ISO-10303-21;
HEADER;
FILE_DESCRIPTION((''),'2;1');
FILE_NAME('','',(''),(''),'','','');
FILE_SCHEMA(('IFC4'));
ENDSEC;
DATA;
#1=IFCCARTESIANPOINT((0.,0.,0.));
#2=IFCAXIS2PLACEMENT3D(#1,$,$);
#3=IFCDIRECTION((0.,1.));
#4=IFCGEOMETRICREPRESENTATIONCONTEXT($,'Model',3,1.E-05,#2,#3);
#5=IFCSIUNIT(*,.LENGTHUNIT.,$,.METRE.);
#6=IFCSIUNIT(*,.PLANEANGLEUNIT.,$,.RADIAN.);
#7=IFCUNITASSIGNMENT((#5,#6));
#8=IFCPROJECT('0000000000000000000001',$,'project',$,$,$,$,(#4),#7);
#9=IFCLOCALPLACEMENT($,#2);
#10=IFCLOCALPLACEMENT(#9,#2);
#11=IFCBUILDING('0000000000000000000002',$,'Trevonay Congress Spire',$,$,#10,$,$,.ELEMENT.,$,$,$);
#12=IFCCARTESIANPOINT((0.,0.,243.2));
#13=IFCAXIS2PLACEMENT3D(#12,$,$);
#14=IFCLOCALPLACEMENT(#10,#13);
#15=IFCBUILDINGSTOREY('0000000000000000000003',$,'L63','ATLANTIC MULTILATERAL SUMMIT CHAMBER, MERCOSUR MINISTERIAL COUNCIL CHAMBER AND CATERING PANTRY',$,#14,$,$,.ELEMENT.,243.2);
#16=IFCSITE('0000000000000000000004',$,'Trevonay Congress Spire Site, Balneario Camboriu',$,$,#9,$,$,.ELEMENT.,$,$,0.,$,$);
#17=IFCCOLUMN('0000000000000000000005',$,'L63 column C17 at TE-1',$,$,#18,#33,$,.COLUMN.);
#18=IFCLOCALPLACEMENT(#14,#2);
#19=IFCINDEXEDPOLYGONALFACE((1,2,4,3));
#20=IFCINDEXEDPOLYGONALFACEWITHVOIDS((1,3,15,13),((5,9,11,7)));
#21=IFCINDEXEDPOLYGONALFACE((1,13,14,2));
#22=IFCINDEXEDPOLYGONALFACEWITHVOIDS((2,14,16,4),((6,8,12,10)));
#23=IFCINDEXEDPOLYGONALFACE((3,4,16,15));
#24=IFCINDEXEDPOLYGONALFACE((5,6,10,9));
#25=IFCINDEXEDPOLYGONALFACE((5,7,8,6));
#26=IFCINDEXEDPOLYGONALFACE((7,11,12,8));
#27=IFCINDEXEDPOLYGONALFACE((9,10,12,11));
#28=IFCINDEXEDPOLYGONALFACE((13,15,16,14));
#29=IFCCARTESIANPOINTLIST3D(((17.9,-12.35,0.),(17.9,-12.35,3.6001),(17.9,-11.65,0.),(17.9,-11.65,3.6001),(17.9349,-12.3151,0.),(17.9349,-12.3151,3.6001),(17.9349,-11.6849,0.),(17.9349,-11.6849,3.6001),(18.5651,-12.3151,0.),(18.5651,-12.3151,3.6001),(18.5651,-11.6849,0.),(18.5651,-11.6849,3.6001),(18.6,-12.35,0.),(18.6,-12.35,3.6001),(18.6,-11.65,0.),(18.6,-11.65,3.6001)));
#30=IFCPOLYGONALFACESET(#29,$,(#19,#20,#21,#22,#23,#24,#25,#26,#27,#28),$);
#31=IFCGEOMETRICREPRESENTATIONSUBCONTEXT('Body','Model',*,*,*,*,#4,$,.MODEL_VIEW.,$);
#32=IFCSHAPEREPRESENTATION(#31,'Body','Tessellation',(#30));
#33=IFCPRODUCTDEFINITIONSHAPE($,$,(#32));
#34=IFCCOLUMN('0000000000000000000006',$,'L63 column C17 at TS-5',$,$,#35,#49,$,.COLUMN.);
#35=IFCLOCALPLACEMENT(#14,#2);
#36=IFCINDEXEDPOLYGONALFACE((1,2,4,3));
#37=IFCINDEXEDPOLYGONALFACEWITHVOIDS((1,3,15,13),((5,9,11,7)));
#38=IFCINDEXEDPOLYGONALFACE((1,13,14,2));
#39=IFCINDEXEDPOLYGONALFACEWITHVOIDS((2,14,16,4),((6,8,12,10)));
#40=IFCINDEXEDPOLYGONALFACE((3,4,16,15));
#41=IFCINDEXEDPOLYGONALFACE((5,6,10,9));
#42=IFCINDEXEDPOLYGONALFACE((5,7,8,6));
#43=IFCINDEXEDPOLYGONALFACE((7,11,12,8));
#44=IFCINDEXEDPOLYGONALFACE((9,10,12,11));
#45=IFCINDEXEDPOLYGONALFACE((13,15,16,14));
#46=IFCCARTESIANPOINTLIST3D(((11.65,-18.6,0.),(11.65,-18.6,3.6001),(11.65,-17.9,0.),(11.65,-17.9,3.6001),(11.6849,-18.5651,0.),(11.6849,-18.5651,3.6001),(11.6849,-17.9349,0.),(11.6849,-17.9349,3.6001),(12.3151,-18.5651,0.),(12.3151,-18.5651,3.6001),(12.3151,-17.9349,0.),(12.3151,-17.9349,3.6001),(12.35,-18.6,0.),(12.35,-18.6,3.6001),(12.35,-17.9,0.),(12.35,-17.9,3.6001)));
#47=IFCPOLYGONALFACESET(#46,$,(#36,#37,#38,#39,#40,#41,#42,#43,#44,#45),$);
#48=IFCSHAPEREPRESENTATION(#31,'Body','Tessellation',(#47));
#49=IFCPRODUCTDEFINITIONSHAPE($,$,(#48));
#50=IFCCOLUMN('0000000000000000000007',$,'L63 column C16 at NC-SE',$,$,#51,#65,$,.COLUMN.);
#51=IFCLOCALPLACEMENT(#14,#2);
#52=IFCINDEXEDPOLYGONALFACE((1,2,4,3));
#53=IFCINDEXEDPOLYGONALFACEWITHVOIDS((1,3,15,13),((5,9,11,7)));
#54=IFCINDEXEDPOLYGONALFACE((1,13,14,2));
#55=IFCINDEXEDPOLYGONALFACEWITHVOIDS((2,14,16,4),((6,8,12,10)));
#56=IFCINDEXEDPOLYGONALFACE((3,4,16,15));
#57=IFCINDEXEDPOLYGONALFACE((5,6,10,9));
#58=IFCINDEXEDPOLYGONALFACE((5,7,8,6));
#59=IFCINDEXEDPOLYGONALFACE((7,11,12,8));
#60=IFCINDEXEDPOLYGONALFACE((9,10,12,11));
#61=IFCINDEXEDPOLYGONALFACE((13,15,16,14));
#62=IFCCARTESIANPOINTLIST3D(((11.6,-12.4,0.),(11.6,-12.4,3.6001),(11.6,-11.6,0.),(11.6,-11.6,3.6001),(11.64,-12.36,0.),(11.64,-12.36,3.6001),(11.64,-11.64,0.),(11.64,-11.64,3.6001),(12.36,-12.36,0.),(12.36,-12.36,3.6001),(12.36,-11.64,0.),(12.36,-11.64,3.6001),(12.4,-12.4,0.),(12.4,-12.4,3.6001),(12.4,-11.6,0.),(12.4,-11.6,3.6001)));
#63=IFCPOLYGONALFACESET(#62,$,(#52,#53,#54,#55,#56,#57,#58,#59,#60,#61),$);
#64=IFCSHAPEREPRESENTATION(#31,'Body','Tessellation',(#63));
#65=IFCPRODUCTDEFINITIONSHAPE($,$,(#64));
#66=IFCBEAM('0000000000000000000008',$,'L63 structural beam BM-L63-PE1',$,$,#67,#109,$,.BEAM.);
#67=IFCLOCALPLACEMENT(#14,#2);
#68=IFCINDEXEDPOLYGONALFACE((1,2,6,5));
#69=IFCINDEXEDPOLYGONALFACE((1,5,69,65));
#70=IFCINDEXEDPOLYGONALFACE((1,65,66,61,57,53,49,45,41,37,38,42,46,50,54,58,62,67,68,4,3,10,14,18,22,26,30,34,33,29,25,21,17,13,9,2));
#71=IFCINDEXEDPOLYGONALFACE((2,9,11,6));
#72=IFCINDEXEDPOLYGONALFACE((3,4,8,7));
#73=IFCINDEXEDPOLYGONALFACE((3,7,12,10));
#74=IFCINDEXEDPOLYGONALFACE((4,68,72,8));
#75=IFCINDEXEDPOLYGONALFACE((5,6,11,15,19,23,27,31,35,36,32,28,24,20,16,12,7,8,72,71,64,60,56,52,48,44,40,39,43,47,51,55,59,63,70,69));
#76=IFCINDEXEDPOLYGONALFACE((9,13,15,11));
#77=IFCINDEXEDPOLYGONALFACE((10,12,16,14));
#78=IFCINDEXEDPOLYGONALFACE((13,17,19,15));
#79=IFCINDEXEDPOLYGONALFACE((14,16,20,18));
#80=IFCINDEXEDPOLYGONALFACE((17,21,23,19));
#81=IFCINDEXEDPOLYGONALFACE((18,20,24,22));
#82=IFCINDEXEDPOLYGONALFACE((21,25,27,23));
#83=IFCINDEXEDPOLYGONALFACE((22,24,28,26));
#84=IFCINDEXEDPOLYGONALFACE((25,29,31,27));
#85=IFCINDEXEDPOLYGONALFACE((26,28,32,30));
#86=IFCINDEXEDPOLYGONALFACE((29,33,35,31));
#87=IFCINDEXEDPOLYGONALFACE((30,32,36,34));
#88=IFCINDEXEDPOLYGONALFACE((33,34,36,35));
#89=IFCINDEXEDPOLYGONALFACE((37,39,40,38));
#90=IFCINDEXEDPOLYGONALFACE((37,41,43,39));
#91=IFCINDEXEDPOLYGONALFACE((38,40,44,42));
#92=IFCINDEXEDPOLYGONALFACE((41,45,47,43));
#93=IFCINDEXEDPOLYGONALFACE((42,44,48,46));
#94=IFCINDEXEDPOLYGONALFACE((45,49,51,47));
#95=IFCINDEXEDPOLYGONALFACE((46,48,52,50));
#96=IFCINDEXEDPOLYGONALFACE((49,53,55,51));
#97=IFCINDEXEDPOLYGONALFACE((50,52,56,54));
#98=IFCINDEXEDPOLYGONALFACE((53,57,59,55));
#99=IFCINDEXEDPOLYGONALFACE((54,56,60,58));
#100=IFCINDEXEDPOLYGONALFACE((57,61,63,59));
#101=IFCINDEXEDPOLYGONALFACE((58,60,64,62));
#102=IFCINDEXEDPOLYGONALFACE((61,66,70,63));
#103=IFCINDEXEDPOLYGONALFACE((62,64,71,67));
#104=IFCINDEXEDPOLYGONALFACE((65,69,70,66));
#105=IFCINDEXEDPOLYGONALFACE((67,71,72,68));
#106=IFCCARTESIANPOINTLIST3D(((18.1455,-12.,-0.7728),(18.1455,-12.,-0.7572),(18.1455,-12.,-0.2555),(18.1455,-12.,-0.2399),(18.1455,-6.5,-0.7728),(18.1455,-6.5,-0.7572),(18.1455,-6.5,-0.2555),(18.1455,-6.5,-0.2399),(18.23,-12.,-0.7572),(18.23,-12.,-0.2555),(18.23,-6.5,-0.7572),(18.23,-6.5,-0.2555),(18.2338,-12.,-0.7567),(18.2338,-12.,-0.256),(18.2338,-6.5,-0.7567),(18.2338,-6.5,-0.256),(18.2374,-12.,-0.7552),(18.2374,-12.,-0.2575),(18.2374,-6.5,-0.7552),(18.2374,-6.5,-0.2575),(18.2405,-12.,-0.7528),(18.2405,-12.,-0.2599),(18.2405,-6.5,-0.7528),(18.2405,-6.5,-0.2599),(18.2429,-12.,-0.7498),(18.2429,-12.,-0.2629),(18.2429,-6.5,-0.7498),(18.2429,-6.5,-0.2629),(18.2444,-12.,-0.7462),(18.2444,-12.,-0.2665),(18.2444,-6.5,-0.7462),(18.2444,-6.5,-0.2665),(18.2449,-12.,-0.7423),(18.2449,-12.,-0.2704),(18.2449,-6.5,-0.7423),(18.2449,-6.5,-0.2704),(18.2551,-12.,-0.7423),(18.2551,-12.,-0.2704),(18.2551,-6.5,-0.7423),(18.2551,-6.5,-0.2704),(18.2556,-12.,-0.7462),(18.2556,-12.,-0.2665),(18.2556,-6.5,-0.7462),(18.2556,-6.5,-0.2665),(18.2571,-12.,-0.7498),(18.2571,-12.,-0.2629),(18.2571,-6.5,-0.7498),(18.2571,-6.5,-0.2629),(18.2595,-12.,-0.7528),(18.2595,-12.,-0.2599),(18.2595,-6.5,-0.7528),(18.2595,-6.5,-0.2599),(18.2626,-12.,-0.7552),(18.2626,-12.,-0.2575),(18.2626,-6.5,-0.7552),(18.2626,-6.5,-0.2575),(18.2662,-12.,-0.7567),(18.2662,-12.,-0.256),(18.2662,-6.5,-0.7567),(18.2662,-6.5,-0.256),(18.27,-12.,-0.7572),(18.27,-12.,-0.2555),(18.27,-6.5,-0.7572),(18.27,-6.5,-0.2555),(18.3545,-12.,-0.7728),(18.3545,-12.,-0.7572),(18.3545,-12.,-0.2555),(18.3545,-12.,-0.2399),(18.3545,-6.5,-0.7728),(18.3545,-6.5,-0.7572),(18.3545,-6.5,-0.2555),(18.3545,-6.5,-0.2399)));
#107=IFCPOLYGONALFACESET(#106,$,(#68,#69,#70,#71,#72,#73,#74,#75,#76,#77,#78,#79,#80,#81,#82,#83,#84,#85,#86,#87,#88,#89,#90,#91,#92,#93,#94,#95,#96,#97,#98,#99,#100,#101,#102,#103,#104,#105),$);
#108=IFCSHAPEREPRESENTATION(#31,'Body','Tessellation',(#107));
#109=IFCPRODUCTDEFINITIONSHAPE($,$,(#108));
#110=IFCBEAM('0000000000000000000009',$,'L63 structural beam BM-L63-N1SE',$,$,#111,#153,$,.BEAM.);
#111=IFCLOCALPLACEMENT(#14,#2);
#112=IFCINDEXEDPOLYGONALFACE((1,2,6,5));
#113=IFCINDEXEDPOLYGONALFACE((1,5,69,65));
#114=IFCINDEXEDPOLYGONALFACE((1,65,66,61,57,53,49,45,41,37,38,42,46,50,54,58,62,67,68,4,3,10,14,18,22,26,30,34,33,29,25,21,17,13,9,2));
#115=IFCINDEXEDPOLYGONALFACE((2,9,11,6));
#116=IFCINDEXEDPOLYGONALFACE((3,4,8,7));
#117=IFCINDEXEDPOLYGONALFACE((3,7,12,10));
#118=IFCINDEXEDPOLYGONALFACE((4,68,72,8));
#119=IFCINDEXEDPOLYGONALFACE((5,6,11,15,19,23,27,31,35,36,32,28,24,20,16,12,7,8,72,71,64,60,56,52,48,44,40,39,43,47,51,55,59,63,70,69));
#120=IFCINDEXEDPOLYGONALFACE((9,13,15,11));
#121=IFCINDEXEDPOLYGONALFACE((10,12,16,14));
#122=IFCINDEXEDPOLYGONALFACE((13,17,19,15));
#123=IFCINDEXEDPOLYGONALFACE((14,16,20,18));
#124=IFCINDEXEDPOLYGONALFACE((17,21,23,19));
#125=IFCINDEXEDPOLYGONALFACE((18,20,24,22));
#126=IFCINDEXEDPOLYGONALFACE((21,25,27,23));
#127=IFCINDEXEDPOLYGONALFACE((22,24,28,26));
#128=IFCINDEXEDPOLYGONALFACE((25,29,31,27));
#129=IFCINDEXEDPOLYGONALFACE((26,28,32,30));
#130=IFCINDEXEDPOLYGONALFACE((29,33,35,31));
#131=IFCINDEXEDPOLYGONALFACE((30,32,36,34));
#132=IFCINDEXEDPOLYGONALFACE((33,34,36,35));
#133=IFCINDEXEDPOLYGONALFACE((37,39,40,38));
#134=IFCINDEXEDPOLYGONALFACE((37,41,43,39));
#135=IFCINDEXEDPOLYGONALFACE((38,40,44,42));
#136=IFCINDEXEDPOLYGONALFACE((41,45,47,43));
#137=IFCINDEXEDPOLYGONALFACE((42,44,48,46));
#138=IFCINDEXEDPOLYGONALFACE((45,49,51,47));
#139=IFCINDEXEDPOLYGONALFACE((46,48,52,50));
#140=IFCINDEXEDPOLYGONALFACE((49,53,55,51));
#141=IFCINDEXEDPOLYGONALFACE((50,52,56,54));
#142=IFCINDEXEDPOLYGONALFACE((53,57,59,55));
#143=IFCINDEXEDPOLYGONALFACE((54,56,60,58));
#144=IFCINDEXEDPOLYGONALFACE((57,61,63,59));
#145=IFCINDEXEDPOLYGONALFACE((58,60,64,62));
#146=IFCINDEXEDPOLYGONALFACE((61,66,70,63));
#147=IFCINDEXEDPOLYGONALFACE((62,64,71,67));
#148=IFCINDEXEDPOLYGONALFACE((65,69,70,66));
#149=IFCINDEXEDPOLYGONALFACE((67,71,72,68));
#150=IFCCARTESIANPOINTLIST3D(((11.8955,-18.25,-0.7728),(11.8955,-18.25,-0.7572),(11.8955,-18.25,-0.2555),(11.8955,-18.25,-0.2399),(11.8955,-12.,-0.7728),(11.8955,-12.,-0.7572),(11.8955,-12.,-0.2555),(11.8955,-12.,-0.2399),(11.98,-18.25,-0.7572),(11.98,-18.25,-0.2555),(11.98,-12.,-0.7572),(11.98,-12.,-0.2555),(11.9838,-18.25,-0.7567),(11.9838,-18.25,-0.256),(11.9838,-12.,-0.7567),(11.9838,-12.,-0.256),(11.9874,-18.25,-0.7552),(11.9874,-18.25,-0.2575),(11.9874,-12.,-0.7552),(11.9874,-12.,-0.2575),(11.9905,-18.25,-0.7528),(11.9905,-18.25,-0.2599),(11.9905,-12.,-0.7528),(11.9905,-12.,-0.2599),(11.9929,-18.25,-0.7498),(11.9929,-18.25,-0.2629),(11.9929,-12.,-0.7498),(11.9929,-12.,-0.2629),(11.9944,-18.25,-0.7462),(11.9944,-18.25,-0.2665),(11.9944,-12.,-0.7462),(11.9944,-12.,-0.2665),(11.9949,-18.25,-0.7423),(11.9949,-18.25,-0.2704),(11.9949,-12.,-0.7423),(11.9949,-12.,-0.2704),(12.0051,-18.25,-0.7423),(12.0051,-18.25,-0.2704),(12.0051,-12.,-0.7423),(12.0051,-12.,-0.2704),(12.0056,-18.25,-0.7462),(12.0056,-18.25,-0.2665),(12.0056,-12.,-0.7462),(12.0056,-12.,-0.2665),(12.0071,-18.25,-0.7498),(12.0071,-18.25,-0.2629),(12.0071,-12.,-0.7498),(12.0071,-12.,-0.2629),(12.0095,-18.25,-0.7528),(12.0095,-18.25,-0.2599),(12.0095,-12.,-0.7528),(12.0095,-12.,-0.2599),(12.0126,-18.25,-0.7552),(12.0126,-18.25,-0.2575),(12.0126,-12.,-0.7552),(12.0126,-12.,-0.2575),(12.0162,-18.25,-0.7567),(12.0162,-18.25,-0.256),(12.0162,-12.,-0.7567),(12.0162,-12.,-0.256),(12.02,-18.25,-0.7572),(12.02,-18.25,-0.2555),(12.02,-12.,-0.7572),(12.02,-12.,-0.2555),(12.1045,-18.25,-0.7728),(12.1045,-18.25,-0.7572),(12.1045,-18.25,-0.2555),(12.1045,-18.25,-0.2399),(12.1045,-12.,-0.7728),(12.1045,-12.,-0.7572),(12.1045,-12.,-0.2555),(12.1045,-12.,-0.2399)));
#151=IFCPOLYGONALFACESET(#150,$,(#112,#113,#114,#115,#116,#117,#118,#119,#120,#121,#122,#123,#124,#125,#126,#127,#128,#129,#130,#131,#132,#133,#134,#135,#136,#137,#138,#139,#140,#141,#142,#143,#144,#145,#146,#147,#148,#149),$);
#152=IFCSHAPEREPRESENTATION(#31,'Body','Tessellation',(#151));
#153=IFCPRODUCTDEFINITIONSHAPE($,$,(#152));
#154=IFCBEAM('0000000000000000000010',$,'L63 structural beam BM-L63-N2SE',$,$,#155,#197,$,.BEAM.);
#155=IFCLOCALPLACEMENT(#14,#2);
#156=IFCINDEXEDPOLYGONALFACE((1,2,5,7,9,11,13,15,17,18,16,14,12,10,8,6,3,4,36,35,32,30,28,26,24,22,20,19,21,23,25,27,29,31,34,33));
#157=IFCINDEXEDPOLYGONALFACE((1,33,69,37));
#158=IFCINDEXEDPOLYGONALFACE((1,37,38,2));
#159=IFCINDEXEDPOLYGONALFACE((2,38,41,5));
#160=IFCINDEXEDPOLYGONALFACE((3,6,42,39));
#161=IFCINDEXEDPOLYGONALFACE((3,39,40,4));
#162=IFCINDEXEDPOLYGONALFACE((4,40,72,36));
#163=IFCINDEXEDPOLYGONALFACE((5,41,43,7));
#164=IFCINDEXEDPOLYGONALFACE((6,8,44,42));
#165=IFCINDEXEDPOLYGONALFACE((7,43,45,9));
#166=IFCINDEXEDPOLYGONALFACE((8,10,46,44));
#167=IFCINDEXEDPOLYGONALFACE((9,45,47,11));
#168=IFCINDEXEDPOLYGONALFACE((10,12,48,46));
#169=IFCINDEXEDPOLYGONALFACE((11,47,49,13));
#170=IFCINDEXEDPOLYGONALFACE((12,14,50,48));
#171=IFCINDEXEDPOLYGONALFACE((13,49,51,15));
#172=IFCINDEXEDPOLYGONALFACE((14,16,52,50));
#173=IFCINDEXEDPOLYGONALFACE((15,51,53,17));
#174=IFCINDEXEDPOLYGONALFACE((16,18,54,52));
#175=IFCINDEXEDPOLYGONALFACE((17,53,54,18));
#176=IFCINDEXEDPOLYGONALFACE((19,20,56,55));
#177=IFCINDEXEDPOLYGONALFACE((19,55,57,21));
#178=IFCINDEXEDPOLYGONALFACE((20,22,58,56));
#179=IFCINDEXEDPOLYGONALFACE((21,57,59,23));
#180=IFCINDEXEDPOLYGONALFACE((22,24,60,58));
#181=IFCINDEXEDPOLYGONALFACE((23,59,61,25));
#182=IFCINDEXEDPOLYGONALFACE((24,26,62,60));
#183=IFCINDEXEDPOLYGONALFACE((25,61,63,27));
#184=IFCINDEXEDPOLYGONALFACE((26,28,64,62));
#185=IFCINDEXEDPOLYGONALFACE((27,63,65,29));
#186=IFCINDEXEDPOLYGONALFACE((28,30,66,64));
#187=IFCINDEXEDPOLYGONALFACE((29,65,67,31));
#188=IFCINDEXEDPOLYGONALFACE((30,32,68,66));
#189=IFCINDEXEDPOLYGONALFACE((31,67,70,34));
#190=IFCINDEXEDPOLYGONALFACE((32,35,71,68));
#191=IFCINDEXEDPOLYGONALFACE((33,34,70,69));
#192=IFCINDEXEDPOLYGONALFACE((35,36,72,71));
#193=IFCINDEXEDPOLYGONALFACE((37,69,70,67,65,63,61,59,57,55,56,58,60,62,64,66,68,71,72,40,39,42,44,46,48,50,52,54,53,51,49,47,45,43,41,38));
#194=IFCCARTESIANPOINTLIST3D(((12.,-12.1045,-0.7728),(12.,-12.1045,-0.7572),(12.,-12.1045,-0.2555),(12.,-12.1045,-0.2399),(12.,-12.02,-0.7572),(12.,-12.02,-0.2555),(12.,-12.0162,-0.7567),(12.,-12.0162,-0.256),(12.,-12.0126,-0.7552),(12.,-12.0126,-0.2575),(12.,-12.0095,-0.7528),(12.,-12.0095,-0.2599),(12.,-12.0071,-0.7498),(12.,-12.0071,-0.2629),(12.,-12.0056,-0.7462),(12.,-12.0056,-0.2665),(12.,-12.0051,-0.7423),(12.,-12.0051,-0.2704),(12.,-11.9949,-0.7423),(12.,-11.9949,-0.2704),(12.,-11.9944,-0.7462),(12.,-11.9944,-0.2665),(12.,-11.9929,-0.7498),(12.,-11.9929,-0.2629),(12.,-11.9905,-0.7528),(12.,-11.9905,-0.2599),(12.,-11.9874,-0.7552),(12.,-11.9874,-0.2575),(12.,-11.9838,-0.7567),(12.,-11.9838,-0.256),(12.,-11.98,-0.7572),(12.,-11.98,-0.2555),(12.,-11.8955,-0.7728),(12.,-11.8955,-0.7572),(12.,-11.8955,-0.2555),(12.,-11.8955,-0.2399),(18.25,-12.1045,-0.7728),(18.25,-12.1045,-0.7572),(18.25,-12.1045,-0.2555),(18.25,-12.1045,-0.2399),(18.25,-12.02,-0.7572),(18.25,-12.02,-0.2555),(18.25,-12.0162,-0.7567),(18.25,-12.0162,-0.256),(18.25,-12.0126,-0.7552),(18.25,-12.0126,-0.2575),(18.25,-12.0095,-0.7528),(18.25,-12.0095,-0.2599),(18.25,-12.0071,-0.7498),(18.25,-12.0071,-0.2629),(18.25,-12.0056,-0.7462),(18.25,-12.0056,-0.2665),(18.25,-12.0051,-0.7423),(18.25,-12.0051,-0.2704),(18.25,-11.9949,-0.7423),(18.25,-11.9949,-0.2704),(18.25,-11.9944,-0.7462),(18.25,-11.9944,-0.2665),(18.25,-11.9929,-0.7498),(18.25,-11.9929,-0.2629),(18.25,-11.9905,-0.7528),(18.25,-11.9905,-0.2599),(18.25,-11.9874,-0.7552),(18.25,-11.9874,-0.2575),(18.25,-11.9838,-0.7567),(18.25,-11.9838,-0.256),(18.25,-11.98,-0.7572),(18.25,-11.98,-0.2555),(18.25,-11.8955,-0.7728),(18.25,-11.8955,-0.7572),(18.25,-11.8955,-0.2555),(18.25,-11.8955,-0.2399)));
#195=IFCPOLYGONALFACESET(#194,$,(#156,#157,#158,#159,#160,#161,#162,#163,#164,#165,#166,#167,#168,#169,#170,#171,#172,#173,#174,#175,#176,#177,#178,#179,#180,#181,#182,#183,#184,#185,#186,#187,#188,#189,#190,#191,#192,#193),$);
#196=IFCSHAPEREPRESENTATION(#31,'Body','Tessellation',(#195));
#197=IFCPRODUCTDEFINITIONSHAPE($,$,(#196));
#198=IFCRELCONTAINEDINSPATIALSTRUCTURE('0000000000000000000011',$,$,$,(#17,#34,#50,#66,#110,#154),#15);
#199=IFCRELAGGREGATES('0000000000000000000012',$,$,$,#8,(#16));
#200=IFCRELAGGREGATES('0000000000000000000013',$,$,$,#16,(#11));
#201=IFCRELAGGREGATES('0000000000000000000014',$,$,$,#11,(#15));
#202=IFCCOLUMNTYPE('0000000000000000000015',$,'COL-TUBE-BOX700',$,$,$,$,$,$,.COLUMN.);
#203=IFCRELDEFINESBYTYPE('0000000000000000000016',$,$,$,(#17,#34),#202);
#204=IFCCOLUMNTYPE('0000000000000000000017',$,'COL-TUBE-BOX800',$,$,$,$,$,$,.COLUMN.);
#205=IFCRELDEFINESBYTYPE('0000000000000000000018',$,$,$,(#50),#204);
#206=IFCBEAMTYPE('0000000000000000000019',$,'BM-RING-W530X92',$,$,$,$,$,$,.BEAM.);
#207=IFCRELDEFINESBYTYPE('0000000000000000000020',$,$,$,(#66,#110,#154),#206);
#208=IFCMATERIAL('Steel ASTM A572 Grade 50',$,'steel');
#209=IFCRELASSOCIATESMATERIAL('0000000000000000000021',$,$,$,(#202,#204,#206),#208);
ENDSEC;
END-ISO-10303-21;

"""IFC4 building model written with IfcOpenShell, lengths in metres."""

from ifc_helpers import new_model, si_unit, direction, frame, origin, origin_2d, place, context, subcontext, project, spatial, hollow_rectangle, i_section, extrude, material, material_profile, profile_set, type_object, element, save


model = new_model("IFC4")

# Units and contexts
model_context = context("Model", 3, precision=1e-05, world=origin(), true_north=direction((0.0, 1.0)))
body_context = subcontext(model_context, "Body", "Model", "MODEL_VIEW")
ifc_project = project(units=[si_unit("LENGTHUNIT", "METRE"), si_unit("PLANEANGLEUNIT", "RADIAN")], contexts=[model_context])

# Site, building, storey
site_placement = place(None, origin())
site = spatial("IfcSite", under=ifc_project, at=site_placement, Name="Trevonay Congress Spire Site, Balneario Camboriu", CompositionType="ELEMENT", RefElevation=0.0)
building_placement = place(site_placement, origin())
building = spatial("IfcBuilding", under=site, at=building_placement, Name="Trevonay Congress Spire", CompositionType="ELEMENT")
storey_placement = place(building_placement, frame((0.0, 0.0, 243.2)))
storey = spatial("IfcBuildingStorey", under=building, at=storey_placement, Name="L63", Description="ATLANTIC MULTILATERAL SUMMIT CHAMBER, MERCOSUR MINISTERIAL COUNCIL CHAMBER AND CATERING PANTRY", CompositionType="ELEMENT", Elevation=243.2)

# Columns
ifc_material_1 = material(Name="Steel ASTM A572 Grade 50", Category="steel")
ifc_material_profile_1 = material_profile(ifc_material_1, hollow_rectangle(XDim=0.7, YDim=0.7, WallThickness=0.0349, at=origin_2d()), Name="BOX 700x700x35")
ifc_profile_set_1 = profile_set([ifc_material_profile_1], Name="Steel ASTM A572 Grade 50")
column_type_1 = type_object("IfcColumnType", Name="COL-TUBE-BOX700", PredefinedType="COLUMN", material=ifc_profile_set_1)
for number, where, z_axis, x_axis, name in (
    (1, (18.25, -12.0, 0.0), (0.0, 0.0, 1.0), (1.0, 0.0, 0.0), "L63 column C17 at TE-1"),
    (2, (12.0, -18.25, 0.0), (0.0, 0.0, 1.0), (1.0, 0.0, 0.0), "L63 column C17 at TS-5"),
):
    element("IfcColumn", number, at=place(storey_placement, frame(where, z_axis=z_axis, x_axis=x_axis)), inside=storey, type_object=column_type_1, Name=name, PredefinedType="COLUMN", context=body_context, shape_type="SweptSolid", body=[
        extrude(hollow_rectangle(XDim=0.7, YDim=0.7, WallThickness=0.0349, at=origin_2d()), origin(), (0.0, 0.0, 1.0), 3.6001),
    ])
ifc_material_profile_2 = material_profile(ifc_material_1, hollow_rectangle(XDim=0.8, YDim=0.8, WallThickness=0.04, at=origin_2d()), Name="BOX 800x800x40")
ifc_profile_set_2 = profile_set([ifc_material_profile_2], Name="Steel ASTM A572 Grade 50")
column_type_2 = type_object("IfcColumnType", Name="COL-TUBE-BOX800", PredefinedType="COLUMN", material=ifc_profile_set_2)
column_placement = place(storey_placement, frame((12.0, -12.0, 0.0), z_axis=(0.0, 0.0, 1.0), x_axis=(1.0, 0.0, 0.0)))
element("IfcColumn", 3, at=column_placement, inside=storey, type_object=column_type_2, Name="L63 column C16 at NC-SE", PredefinedType="COLUMN", context=body_context, shape_type="SweptSolid", body=[
    extrude(hollow_rectangle(XDim=0.8, YDim=0.8, WallThickness=0.04, at=origin_2d()), origin(), (0.0, 0.0, 1.0), 3.6001),
])

# Beams
ifc_material_profile_3 = material_profile(ifc_material_1, i_section(OverallWidth=0.209, OverallDepth=0.533, WebThickness=0.0103, FlangeThickness=0.0156, FilletRadius=0.0149, at=origin_2d()), Name="W530x92")
ifc_profile_set_3 = profile_set([ifc_material_profile_3], Name="Steel ASTM A572 Grade 50")
beam_type_1 = type_object("IfcBeamType", Name="BM-RING-W530X92", PredefinedType="BEAM", material=ifc_profile_set_3)
beam_1_placement = place(storey_placement, frame((18.25, -12.0, -0.5063), z_axis=(0.0, 1.0, 0.0), x_axis=(-1.0, 0.0, 0.0)))
element("IfcBeam", 4, at=beam_1_placement, inside=storey, type_object=beam_type_1, Name="L63 structural beam BM-L63-PE1", PredefinedType="BEAM", context=body_context, shape_type="SweptSolid", body=[
    extrude(i_section(OverallWidth=0.209, OverallDepth=0.533, WebThickness=0.0103, FlangeThickness=0.0156, FilletRadius=0.0149, at=origin_2d()), origin(), (0.0, 0.0, 1.0), 5.5),
])
for number, where, z_axis, x_axis, name in (
    (5, (12.0, -18.25, -0.5063), (0.0, 1.0, 0.0), (-1.0, 0.0, 0.0), "L63 structural beam BM-L63-N1SE"),
    (6, (18.25, -12.0, -0.5063), (-1.0, 0.0, 0.0), (0.0, -1.0, 0.0), "L63 structural beam BM-L63-N2SE"),
):
    element("IfcBeam", number, at=place(storey_placement, frame(where, z_axis=z_axis, x_axis=x_axis)), inside=storey, type_object=beam_type_1, Name=name, PredefinedType="BEAM", context=body_context, shape_type="SweptSolid", body=[
        extrude(i_section(OverallWidth=0.209, OverallDepth=0.533, WebThickness=0.0103, FlangeThickness=0.0156, FilletRadius=0.0149, at=origin_2d()), origin(), (0.0, 0.0, 1.0), 6.25),
    ])

save(model, "model.ifc")
